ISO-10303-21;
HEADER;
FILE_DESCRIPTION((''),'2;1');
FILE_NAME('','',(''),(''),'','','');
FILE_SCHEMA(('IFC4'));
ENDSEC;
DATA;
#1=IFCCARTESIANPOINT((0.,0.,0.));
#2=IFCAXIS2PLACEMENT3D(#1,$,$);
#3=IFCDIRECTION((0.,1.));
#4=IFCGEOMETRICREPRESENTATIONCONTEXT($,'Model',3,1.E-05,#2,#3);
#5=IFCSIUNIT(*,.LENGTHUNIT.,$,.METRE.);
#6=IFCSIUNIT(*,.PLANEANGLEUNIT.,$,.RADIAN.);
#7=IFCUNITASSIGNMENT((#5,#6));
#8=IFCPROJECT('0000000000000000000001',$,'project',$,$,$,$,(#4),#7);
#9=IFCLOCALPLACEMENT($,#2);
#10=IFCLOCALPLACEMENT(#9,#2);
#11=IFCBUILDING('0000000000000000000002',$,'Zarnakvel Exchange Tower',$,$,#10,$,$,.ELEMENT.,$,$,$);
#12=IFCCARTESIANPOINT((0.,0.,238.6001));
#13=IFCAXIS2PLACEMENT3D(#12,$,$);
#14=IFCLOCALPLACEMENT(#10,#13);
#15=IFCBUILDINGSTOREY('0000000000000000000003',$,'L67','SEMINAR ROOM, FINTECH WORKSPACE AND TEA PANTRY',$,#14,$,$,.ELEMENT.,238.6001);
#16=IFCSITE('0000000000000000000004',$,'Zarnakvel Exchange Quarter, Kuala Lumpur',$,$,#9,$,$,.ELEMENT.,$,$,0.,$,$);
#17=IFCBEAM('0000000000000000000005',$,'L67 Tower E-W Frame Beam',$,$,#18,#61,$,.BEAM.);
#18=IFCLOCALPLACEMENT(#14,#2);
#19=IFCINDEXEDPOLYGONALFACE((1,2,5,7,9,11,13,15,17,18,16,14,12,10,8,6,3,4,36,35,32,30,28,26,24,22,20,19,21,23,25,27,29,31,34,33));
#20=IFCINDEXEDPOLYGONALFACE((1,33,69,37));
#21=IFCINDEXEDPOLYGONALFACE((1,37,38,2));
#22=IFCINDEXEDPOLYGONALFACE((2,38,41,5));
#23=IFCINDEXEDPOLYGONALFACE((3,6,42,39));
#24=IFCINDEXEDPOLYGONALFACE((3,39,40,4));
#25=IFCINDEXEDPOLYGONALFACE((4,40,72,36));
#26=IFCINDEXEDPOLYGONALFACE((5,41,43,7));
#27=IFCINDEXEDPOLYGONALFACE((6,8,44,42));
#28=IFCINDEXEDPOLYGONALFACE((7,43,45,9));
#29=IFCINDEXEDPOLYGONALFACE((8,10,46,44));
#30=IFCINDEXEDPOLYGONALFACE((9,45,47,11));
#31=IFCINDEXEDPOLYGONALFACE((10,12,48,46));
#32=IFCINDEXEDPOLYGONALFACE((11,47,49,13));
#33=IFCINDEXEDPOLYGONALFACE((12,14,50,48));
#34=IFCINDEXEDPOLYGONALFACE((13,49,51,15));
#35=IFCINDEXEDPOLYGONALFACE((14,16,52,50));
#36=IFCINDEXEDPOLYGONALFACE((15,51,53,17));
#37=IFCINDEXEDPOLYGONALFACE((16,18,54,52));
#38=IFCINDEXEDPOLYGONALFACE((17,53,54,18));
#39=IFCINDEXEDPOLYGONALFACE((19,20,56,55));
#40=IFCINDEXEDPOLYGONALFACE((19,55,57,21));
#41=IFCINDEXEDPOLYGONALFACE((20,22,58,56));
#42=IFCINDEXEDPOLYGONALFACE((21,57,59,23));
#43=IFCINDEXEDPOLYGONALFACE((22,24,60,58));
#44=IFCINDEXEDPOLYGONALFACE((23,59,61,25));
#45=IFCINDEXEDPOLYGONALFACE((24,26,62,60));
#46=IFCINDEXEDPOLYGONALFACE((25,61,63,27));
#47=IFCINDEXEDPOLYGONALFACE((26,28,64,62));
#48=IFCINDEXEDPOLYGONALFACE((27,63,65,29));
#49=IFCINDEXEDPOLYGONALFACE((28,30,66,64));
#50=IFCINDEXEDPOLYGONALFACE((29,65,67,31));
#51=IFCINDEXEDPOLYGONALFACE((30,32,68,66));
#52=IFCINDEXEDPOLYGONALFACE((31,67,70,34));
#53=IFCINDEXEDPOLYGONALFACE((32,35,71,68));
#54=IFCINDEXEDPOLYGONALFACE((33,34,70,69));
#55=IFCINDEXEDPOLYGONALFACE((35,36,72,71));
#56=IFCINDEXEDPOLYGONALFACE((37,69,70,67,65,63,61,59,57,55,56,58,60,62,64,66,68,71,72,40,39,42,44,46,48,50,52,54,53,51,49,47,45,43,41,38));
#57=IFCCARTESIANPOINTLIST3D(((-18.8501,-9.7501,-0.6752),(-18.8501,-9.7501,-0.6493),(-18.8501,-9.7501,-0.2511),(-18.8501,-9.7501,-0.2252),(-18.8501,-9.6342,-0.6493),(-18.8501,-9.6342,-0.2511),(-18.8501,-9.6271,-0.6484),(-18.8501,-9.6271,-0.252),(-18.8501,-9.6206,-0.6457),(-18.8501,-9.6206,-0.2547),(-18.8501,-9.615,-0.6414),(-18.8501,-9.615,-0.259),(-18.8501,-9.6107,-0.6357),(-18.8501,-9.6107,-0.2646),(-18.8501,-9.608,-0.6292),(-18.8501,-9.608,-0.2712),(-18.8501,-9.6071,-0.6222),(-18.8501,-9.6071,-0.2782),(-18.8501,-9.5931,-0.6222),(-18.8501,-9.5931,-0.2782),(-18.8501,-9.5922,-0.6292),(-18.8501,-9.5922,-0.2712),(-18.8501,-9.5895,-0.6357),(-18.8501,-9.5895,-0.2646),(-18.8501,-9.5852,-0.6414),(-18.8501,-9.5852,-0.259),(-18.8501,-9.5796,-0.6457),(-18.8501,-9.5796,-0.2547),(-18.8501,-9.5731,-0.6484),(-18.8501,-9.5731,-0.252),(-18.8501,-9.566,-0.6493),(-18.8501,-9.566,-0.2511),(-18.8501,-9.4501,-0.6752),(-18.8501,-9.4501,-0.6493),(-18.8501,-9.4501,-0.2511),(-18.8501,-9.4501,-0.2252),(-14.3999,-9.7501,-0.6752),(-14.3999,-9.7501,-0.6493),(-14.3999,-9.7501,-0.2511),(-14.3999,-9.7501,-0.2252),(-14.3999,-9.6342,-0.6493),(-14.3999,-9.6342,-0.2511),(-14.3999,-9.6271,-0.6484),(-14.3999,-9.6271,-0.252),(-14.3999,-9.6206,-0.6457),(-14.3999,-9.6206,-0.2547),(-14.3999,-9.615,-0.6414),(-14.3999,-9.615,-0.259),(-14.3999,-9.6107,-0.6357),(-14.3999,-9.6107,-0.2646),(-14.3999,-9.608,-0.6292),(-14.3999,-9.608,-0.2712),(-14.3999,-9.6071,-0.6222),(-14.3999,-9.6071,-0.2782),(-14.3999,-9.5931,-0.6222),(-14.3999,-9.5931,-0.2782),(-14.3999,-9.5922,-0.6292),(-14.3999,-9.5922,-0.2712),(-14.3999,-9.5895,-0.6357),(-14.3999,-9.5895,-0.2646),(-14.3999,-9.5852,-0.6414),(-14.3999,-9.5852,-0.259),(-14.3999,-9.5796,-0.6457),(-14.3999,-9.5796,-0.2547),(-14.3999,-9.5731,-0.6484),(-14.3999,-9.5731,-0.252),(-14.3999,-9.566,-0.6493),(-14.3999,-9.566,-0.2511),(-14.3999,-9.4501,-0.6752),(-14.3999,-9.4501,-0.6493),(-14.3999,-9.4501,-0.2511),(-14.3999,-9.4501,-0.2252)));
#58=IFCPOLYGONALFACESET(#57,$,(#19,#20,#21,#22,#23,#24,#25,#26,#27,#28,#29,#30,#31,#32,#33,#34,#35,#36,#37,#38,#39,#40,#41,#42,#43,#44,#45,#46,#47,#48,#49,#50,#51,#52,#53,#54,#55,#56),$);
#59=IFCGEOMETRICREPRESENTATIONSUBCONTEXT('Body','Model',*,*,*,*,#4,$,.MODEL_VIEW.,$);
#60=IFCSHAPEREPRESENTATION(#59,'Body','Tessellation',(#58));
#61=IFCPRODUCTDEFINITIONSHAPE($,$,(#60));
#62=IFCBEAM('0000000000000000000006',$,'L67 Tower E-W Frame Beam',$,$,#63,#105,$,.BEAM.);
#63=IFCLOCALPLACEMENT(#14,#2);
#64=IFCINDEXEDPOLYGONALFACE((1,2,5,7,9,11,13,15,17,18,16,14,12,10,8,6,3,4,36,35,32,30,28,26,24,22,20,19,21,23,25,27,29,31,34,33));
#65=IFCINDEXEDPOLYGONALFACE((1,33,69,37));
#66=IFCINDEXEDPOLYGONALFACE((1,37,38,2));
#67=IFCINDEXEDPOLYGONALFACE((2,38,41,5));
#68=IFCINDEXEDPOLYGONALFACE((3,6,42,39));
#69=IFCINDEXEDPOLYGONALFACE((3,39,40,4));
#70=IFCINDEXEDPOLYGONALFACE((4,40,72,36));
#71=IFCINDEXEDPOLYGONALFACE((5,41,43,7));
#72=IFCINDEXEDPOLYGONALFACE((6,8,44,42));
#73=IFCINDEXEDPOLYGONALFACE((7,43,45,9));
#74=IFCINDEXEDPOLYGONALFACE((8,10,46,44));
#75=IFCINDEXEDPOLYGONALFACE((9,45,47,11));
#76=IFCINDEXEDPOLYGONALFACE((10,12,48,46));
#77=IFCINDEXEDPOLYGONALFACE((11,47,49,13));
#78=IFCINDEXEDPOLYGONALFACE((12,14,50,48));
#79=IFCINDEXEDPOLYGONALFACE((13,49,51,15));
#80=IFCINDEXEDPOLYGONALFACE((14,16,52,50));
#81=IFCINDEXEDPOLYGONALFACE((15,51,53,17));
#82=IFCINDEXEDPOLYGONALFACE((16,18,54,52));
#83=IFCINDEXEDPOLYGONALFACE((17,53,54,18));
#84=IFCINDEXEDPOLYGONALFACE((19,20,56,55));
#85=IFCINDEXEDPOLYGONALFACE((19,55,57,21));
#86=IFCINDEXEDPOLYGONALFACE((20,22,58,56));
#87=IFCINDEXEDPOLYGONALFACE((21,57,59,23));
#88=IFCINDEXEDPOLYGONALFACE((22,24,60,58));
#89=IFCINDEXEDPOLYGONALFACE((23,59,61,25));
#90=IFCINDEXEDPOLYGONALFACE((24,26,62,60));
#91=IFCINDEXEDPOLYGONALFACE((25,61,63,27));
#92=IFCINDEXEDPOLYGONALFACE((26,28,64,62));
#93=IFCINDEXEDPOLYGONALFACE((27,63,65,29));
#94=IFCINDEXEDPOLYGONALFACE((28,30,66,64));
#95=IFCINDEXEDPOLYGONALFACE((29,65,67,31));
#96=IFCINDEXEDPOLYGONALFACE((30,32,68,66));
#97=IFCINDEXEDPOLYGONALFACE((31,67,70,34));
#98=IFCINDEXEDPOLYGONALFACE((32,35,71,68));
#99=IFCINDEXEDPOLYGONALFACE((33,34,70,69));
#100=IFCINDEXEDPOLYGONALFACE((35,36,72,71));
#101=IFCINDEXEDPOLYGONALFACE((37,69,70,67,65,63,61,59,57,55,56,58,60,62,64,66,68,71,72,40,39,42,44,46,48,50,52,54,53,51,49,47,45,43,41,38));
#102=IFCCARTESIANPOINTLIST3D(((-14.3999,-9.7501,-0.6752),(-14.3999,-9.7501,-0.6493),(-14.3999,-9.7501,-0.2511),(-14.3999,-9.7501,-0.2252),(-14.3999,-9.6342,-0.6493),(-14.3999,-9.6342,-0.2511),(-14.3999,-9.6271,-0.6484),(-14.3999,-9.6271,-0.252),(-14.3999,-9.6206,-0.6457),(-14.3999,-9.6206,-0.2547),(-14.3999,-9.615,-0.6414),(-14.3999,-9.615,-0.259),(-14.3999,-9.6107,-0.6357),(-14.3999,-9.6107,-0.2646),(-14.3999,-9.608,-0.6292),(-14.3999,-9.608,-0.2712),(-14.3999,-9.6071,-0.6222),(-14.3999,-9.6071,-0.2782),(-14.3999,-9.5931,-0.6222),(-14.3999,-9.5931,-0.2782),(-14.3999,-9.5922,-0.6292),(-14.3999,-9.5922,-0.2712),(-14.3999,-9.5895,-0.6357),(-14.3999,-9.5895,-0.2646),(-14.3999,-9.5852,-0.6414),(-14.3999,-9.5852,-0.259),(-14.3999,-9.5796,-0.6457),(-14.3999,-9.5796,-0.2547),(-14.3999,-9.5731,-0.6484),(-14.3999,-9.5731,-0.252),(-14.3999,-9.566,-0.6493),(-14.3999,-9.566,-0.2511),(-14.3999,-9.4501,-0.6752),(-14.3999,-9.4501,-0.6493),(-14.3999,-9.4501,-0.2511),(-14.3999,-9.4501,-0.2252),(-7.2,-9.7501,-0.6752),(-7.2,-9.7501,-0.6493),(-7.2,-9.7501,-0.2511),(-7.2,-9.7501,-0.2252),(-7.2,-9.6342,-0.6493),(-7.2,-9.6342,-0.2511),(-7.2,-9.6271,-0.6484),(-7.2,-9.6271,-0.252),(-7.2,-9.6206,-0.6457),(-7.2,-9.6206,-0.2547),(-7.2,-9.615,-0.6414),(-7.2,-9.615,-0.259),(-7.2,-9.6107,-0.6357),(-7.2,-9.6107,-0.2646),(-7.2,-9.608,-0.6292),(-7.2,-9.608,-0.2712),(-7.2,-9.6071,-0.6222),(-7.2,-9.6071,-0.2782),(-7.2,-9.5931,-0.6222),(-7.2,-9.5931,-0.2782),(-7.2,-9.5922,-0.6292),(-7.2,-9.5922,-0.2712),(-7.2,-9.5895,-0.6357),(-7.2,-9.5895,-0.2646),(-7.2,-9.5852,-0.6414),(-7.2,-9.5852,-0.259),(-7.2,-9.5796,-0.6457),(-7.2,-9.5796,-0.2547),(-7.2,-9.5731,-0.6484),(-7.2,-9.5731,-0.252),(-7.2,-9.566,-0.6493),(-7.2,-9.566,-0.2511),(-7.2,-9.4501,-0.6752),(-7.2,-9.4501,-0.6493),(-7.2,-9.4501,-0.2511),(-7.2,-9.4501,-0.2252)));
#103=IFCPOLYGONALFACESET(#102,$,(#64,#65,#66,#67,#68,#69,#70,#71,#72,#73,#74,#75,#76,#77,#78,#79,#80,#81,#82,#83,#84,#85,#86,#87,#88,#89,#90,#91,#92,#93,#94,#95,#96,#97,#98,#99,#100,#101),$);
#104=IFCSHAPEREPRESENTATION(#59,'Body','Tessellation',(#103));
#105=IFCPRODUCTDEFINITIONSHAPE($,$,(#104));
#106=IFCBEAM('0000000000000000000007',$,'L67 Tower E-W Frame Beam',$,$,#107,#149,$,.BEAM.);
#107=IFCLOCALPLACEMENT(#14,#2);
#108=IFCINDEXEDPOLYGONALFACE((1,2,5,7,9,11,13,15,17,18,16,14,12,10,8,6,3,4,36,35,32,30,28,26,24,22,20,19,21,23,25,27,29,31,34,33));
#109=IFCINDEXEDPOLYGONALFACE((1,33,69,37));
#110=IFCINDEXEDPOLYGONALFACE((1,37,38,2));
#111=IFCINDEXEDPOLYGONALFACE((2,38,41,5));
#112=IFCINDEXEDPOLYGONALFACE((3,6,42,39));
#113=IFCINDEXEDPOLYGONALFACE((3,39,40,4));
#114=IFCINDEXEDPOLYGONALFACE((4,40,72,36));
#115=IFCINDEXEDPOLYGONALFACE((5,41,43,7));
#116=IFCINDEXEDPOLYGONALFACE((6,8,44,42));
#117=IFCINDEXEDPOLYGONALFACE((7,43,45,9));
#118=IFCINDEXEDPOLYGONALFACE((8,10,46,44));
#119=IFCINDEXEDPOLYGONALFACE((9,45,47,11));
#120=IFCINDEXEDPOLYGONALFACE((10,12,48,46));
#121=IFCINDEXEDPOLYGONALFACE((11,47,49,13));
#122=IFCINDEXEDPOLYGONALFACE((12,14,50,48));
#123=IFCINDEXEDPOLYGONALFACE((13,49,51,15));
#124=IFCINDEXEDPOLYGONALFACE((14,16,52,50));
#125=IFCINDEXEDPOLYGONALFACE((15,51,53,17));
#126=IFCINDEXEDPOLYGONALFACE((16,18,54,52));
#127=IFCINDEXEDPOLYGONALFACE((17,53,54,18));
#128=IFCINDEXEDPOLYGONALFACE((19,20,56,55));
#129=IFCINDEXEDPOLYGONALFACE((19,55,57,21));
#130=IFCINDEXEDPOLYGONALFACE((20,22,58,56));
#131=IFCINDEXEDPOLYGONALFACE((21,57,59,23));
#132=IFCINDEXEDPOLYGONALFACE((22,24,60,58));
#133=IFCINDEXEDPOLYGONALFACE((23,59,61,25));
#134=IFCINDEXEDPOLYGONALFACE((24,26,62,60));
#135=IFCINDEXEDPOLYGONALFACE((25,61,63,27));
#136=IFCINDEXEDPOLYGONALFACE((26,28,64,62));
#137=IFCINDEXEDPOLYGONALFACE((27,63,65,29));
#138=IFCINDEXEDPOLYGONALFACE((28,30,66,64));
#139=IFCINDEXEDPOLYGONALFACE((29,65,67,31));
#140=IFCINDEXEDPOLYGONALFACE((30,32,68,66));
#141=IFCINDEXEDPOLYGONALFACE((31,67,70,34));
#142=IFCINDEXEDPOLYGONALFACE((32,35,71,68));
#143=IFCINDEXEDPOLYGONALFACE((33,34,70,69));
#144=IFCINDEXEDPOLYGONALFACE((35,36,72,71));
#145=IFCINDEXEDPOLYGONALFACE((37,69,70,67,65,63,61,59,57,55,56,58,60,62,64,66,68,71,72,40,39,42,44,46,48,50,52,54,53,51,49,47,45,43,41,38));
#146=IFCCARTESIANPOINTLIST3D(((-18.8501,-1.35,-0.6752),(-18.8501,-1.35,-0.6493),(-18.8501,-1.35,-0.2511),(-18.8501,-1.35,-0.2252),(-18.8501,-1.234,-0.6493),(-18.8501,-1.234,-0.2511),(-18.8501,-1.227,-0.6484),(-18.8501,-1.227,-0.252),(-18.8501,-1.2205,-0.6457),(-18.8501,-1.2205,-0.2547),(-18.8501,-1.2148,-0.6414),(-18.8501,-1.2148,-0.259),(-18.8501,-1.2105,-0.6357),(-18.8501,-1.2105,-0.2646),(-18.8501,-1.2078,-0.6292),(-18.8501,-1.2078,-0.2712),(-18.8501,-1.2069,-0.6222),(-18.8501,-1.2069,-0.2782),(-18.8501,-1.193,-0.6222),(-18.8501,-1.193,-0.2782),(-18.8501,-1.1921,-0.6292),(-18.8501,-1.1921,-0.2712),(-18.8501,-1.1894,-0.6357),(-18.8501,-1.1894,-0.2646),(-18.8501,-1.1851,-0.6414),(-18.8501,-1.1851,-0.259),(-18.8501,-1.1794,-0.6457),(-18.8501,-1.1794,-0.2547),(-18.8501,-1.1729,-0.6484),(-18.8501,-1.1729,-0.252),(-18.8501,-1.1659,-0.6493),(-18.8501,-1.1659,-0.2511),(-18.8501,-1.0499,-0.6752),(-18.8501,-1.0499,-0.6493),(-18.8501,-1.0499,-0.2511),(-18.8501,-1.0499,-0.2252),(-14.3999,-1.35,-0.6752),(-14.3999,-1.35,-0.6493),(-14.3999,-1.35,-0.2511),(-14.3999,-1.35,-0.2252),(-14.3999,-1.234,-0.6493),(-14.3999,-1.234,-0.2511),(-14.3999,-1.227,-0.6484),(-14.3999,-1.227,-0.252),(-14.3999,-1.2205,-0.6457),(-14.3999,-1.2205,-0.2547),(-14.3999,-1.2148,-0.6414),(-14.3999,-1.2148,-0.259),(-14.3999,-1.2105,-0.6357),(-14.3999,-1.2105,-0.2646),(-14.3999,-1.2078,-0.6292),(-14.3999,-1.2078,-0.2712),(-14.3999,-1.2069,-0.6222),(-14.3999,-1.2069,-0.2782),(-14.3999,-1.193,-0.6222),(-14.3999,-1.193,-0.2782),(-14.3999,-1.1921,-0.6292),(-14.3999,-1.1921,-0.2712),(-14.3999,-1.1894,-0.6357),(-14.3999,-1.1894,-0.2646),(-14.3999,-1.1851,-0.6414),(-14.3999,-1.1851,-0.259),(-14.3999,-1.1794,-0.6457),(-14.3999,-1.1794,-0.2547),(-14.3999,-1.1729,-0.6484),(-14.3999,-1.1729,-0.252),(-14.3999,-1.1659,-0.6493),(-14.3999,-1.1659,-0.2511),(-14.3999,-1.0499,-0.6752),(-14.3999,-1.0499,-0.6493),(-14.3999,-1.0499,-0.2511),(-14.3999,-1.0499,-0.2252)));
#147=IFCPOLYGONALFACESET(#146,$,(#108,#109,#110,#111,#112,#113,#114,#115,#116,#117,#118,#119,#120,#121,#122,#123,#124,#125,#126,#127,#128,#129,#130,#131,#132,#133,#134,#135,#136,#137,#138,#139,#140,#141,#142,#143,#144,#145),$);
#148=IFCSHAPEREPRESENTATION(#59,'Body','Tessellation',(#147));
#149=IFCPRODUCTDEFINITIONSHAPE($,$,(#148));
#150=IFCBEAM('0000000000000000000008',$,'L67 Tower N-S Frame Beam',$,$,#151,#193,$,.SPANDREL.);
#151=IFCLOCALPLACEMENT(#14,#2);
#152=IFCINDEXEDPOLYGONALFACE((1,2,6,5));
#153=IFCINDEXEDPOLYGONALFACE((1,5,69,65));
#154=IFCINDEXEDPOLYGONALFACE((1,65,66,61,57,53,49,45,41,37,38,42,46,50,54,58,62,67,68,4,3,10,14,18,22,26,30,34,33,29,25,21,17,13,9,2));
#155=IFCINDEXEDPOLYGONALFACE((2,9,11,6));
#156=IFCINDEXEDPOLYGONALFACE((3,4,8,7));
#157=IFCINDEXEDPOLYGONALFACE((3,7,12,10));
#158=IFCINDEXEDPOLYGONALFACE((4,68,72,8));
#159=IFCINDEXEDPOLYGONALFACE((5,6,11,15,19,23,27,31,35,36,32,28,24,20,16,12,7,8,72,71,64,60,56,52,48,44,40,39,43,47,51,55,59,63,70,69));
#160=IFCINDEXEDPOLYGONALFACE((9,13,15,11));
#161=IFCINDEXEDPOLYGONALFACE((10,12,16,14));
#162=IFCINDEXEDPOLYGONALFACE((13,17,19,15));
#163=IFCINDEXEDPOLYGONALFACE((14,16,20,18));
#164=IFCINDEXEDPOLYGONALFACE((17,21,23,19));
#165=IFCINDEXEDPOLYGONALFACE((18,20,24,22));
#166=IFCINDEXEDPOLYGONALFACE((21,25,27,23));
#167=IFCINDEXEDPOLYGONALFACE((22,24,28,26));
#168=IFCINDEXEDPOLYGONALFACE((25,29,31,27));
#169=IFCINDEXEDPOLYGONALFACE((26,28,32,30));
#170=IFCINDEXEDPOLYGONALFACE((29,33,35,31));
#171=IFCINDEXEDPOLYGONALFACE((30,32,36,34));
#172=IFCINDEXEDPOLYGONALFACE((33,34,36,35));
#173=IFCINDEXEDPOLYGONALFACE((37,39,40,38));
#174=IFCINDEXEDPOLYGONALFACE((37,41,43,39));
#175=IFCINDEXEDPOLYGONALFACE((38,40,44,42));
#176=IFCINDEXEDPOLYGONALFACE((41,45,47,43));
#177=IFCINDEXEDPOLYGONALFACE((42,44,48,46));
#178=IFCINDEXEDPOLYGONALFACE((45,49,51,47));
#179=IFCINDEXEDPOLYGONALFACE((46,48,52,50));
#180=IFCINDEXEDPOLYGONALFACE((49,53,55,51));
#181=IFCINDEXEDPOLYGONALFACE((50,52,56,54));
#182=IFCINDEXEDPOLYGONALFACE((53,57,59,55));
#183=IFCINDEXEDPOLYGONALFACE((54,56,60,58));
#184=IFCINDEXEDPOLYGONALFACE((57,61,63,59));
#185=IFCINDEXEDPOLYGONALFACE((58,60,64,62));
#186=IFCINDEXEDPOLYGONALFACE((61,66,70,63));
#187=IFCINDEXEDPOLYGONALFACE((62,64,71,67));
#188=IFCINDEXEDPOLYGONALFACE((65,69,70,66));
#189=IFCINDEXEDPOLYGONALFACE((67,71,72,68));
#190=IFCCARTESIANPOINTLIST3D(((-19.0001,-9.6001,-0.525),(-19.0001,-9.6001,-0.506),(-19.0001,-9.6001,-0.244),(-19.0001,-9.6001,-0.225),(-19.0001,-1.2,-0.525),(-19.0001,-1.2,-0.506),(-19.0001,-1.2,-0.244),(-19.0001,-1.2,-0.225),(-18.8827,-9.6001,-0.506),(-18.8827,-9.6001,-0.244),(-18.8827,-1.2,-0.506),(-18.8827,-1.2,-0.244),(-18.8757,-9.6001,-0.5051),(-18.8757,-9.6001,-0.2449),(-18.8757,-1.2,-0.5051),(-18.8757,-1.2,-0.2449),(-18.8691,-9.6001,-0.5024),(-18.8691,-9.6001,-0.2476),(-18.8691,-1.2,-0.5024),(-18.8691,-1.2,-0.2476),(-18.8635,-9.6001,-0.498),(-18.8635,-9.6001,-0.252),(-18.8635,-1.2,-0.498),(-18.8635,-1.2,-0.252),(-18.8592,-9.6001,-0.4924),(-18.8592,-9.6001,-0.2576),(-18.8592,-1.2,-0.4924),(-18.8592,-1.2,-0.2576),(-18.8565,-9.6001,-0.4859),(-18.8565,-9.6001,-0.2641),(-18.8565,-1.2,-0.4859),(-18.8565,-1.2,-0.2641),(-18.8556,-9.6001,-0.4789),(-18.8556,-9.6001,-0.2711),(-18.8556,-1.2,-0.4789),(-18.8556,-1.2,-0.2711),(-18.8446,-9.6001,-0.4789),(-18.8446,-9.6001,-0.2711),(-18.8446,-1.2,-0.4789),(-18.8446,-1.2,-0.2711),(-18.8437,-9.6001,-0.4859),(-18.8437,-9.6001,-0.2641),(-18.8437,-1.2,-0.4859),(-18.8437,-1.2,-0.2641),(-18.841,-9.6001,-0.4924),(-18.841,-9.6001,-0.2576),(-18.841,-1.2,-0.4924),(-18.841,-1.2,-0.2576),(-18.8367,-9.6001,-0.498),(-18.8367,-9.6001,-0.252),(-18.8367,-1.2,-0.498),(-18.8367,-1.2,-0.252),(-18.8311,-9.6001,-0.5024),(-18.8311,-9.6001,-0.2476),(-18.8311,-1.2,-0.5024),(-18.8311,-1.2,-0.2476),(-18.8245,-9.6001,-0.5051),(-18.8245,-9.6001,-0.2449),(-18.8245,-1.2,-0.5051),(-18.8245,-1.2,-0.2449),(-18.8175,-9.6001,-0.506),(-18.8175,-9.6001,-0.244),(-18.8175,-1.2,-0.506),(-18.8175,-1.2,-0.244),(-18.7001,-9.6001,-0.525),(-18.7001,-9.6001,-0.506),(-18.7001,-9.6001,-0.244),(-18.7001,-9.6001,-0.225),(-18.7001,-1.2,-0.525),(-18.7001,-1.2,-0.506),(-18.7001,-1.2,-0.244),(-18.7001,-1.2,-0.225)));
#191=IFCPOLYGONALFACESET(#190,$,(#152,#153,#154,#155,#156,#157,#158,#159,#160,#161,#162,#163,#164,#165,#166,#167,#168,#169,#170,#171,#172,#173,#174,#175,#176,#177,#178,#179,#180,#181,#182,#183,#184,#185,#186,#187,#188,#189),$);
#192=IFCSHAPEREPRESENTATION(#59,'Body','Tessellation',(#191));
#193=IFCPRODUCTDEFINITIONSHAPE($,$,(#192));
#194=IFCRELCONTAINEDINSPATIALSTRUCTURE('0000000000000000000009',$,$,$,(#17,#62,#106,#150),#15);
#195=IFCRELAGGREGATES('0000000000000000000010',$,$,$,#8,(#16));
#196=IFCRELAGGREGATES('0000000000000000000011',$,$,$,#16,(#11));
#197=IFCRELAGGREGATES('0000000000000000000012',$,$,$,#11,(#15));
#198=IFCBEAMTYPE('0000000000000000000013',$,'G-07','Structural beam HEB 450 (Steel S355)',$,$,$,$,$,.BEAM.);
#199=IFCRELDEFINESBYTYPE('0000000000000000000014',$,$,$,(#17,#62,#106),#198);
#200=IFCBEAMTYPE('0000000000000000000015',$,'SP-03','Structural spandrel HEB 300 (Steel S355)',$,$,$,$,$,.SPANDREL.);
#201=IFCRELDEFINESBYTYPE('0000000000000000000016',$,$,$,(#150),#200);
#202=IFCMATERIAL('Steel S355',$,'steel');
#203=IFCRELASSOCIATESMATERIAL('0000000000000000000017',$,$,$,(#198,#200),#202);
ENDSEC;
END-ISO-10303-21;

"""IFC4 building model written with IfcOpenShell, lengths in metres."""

from ifc_helpers import new_model, si_unit, direction, frame, origin, origin_2d, place, context, subcontext, project, spatial, i_section, extrude, material, material_profile, profile_set, type_object, element, save


model = new_model("IFC4")

# Units and contexts
model_context = context("Model", 3, precision=1e-05, world=origin(), true_north=direction((0.0, 1.0)))
body_context = subcontext(model_context, "Body", "Model", "MODEL_VIEW")
ifc_project = project(units=[si_unit("LENGTHUNIT", "METRE"), si_unit("PLANEANGLEUNIT", "RADIAN")], contexts=[model_context])

# Site, building, storey
site_placement = place(None, origin())
site = spatial("IfcSite", under=ifc_project, at=site_placement, Name="Zarnakvel Exchange Quarter, Kuala Lumpur", CompositionType="ELEMENT", RefElevation=0.0)
building_placement = place(site_placement, origin())
building = spatial("IfcBuilding", under=site, at=building_placement, Name="Zarnakvel Exchange Tower", CompositionType="ELEMENT")
storey_placement = place(building_placement, frame((0.0, 0.0, 238.6001)))
storey = spatial("IfcBuildingStorey", under=building, at=storey_placement, Name="L67", Description="SEMINAR ROOM, FINTECH WORKSPACE AND TEA PANTRY", CompositionType="ELEMENT", Elevation=238.6001)

# Shared definitions
ifc_material_1 = material(Name="Steel S355", Category="steel")

# Beams
ifc_material_profile_1 = material_profile(ifc_material_1, i_section(OverallWidth=0.3, OverallDepth=0.45, WebThickness=0.0139, FlangeThickness=0.0259, FilletRadius=0.0271, at=origin_2d()))
ifc_profile_set_1 = profile_set([ifc_material_profile_1], Name="Steel S355")
beam_type_1 = type_object("IfcBeamType", Name="G-07", Description="Structural beam HEB 450 (Steel S355)", PredefinedType="BEAM", material=ifc_profile_set_1)
beam_1_placement = place(storey_placement, frame((-18.8501, -9.6001, -0.4502), z_axis=(1.0, 0.0, 0.0), x_axis=(0.0, 1.0, 0.0)))
element("IfcBeam", 1, at=beam_1_placement, inside=storey, type_object=beam_type_1, Name="L67 Tower E-W Frame Beam", PredefinedType="BEAM", context=body_context, shape_type="SweptSolid", body=[
    extrude(i_section(OverallWidth=0.3, OverallDepth=0.45, WebThickness=0.0139, FlangeThickness=0.0259, FilletRadius=0.0271, at=origin_2d()), origin(), (0.0, 0.0, 1.0), 4.4502),
])
beam_2_placement = place(storey_placement, frame((-14.3999, -9.6001, -0.4502), z_axis=(1.0, 0.0, 0.0), x_axis=(0.0, 1.0, 0.0)))
element("IfcBeam", 2, at=beam_2_placement, inside=storey, type_object=beam_type_1, Name="L67 Tower E-W Frame Beam", PredefinedType="BEAM", context=body_context, shape_type="SweptSolid", body=[
    extrude(i_section(OverallWidth=0.3, OverallDepth=0.45, WebThickness=0.0139, FlangeThickness=0.0259, FilletRadius=0.0271, at=origin_2d()), origin(), (0.0, 0.0, 1.0), 7.2),
])
beam_3_placement = place(storey_placement, frame((-18.8501, -1.2, -0.4502), z_axis=(1.0, 0.0, 0.0), x_axis=(0.0, 1.0, 0.0)))
element("IfcBeam", 3, at=beam_3_placement, inside=storey, type_object=beam_type_1, Name="L67 Tower E-W Frame Beam", PredefinedType="BEAM", context=body_context, shape_type="SweptSolid", body=[
    extrude(i_section(OverallWidth=0.3, OverallDepth=0.45, WebThickness=0.0139, FlangeThickness=0.0259, FilletRadius=0.0271, at=origin_2d()), origin(), (0.0, 0.0, 1.0), 4.4502),
])
ifc_material_profile_2 = material_profile(ifc_material_1, i_section(OverallWidth=0.3, OverallDepth=0.3, WebThickness=0.011, FlangeThickness=0.019, FilletRadius=0.0271, at=origin_2d()))
ifc_profile_set_2 = profile_set([ifc_material_profile_2], Name="Steel S355")
beam_type_2 = type_object("IfcBeamType", Name="SP-03", Description="Structural spandrel HEB 300 (Steel S355)", PredefinedType="SPANDREL", material=ifc_profile_set_2)
beam_4_placement = place(storey_placement, frame((-18.8501, -9.6001, -0.375), z_axis=(0.0, 1.0, 0.0), x_axis=(-1.0, 0.0, 0.0)))
element("IfcBeam", 4, at=beam_4_placement, inside=storey, type_object=beam_type_2, Name="L67 Tower N-S Frame Beam", PredefinedType="SPANDREL", context=body_context, shape_type="SweptSolid", body=[
    extrude(i_section(OverallWidth=0.3, OverallDepth=0.3, WebThickness=0.011, FlangeThickness=0.019, FilletRadius=0.0271, at=origin_2d()), origin(), (0.0, 0.0, 1.0), 8.4001),
])

save(model, "model.ifc")
